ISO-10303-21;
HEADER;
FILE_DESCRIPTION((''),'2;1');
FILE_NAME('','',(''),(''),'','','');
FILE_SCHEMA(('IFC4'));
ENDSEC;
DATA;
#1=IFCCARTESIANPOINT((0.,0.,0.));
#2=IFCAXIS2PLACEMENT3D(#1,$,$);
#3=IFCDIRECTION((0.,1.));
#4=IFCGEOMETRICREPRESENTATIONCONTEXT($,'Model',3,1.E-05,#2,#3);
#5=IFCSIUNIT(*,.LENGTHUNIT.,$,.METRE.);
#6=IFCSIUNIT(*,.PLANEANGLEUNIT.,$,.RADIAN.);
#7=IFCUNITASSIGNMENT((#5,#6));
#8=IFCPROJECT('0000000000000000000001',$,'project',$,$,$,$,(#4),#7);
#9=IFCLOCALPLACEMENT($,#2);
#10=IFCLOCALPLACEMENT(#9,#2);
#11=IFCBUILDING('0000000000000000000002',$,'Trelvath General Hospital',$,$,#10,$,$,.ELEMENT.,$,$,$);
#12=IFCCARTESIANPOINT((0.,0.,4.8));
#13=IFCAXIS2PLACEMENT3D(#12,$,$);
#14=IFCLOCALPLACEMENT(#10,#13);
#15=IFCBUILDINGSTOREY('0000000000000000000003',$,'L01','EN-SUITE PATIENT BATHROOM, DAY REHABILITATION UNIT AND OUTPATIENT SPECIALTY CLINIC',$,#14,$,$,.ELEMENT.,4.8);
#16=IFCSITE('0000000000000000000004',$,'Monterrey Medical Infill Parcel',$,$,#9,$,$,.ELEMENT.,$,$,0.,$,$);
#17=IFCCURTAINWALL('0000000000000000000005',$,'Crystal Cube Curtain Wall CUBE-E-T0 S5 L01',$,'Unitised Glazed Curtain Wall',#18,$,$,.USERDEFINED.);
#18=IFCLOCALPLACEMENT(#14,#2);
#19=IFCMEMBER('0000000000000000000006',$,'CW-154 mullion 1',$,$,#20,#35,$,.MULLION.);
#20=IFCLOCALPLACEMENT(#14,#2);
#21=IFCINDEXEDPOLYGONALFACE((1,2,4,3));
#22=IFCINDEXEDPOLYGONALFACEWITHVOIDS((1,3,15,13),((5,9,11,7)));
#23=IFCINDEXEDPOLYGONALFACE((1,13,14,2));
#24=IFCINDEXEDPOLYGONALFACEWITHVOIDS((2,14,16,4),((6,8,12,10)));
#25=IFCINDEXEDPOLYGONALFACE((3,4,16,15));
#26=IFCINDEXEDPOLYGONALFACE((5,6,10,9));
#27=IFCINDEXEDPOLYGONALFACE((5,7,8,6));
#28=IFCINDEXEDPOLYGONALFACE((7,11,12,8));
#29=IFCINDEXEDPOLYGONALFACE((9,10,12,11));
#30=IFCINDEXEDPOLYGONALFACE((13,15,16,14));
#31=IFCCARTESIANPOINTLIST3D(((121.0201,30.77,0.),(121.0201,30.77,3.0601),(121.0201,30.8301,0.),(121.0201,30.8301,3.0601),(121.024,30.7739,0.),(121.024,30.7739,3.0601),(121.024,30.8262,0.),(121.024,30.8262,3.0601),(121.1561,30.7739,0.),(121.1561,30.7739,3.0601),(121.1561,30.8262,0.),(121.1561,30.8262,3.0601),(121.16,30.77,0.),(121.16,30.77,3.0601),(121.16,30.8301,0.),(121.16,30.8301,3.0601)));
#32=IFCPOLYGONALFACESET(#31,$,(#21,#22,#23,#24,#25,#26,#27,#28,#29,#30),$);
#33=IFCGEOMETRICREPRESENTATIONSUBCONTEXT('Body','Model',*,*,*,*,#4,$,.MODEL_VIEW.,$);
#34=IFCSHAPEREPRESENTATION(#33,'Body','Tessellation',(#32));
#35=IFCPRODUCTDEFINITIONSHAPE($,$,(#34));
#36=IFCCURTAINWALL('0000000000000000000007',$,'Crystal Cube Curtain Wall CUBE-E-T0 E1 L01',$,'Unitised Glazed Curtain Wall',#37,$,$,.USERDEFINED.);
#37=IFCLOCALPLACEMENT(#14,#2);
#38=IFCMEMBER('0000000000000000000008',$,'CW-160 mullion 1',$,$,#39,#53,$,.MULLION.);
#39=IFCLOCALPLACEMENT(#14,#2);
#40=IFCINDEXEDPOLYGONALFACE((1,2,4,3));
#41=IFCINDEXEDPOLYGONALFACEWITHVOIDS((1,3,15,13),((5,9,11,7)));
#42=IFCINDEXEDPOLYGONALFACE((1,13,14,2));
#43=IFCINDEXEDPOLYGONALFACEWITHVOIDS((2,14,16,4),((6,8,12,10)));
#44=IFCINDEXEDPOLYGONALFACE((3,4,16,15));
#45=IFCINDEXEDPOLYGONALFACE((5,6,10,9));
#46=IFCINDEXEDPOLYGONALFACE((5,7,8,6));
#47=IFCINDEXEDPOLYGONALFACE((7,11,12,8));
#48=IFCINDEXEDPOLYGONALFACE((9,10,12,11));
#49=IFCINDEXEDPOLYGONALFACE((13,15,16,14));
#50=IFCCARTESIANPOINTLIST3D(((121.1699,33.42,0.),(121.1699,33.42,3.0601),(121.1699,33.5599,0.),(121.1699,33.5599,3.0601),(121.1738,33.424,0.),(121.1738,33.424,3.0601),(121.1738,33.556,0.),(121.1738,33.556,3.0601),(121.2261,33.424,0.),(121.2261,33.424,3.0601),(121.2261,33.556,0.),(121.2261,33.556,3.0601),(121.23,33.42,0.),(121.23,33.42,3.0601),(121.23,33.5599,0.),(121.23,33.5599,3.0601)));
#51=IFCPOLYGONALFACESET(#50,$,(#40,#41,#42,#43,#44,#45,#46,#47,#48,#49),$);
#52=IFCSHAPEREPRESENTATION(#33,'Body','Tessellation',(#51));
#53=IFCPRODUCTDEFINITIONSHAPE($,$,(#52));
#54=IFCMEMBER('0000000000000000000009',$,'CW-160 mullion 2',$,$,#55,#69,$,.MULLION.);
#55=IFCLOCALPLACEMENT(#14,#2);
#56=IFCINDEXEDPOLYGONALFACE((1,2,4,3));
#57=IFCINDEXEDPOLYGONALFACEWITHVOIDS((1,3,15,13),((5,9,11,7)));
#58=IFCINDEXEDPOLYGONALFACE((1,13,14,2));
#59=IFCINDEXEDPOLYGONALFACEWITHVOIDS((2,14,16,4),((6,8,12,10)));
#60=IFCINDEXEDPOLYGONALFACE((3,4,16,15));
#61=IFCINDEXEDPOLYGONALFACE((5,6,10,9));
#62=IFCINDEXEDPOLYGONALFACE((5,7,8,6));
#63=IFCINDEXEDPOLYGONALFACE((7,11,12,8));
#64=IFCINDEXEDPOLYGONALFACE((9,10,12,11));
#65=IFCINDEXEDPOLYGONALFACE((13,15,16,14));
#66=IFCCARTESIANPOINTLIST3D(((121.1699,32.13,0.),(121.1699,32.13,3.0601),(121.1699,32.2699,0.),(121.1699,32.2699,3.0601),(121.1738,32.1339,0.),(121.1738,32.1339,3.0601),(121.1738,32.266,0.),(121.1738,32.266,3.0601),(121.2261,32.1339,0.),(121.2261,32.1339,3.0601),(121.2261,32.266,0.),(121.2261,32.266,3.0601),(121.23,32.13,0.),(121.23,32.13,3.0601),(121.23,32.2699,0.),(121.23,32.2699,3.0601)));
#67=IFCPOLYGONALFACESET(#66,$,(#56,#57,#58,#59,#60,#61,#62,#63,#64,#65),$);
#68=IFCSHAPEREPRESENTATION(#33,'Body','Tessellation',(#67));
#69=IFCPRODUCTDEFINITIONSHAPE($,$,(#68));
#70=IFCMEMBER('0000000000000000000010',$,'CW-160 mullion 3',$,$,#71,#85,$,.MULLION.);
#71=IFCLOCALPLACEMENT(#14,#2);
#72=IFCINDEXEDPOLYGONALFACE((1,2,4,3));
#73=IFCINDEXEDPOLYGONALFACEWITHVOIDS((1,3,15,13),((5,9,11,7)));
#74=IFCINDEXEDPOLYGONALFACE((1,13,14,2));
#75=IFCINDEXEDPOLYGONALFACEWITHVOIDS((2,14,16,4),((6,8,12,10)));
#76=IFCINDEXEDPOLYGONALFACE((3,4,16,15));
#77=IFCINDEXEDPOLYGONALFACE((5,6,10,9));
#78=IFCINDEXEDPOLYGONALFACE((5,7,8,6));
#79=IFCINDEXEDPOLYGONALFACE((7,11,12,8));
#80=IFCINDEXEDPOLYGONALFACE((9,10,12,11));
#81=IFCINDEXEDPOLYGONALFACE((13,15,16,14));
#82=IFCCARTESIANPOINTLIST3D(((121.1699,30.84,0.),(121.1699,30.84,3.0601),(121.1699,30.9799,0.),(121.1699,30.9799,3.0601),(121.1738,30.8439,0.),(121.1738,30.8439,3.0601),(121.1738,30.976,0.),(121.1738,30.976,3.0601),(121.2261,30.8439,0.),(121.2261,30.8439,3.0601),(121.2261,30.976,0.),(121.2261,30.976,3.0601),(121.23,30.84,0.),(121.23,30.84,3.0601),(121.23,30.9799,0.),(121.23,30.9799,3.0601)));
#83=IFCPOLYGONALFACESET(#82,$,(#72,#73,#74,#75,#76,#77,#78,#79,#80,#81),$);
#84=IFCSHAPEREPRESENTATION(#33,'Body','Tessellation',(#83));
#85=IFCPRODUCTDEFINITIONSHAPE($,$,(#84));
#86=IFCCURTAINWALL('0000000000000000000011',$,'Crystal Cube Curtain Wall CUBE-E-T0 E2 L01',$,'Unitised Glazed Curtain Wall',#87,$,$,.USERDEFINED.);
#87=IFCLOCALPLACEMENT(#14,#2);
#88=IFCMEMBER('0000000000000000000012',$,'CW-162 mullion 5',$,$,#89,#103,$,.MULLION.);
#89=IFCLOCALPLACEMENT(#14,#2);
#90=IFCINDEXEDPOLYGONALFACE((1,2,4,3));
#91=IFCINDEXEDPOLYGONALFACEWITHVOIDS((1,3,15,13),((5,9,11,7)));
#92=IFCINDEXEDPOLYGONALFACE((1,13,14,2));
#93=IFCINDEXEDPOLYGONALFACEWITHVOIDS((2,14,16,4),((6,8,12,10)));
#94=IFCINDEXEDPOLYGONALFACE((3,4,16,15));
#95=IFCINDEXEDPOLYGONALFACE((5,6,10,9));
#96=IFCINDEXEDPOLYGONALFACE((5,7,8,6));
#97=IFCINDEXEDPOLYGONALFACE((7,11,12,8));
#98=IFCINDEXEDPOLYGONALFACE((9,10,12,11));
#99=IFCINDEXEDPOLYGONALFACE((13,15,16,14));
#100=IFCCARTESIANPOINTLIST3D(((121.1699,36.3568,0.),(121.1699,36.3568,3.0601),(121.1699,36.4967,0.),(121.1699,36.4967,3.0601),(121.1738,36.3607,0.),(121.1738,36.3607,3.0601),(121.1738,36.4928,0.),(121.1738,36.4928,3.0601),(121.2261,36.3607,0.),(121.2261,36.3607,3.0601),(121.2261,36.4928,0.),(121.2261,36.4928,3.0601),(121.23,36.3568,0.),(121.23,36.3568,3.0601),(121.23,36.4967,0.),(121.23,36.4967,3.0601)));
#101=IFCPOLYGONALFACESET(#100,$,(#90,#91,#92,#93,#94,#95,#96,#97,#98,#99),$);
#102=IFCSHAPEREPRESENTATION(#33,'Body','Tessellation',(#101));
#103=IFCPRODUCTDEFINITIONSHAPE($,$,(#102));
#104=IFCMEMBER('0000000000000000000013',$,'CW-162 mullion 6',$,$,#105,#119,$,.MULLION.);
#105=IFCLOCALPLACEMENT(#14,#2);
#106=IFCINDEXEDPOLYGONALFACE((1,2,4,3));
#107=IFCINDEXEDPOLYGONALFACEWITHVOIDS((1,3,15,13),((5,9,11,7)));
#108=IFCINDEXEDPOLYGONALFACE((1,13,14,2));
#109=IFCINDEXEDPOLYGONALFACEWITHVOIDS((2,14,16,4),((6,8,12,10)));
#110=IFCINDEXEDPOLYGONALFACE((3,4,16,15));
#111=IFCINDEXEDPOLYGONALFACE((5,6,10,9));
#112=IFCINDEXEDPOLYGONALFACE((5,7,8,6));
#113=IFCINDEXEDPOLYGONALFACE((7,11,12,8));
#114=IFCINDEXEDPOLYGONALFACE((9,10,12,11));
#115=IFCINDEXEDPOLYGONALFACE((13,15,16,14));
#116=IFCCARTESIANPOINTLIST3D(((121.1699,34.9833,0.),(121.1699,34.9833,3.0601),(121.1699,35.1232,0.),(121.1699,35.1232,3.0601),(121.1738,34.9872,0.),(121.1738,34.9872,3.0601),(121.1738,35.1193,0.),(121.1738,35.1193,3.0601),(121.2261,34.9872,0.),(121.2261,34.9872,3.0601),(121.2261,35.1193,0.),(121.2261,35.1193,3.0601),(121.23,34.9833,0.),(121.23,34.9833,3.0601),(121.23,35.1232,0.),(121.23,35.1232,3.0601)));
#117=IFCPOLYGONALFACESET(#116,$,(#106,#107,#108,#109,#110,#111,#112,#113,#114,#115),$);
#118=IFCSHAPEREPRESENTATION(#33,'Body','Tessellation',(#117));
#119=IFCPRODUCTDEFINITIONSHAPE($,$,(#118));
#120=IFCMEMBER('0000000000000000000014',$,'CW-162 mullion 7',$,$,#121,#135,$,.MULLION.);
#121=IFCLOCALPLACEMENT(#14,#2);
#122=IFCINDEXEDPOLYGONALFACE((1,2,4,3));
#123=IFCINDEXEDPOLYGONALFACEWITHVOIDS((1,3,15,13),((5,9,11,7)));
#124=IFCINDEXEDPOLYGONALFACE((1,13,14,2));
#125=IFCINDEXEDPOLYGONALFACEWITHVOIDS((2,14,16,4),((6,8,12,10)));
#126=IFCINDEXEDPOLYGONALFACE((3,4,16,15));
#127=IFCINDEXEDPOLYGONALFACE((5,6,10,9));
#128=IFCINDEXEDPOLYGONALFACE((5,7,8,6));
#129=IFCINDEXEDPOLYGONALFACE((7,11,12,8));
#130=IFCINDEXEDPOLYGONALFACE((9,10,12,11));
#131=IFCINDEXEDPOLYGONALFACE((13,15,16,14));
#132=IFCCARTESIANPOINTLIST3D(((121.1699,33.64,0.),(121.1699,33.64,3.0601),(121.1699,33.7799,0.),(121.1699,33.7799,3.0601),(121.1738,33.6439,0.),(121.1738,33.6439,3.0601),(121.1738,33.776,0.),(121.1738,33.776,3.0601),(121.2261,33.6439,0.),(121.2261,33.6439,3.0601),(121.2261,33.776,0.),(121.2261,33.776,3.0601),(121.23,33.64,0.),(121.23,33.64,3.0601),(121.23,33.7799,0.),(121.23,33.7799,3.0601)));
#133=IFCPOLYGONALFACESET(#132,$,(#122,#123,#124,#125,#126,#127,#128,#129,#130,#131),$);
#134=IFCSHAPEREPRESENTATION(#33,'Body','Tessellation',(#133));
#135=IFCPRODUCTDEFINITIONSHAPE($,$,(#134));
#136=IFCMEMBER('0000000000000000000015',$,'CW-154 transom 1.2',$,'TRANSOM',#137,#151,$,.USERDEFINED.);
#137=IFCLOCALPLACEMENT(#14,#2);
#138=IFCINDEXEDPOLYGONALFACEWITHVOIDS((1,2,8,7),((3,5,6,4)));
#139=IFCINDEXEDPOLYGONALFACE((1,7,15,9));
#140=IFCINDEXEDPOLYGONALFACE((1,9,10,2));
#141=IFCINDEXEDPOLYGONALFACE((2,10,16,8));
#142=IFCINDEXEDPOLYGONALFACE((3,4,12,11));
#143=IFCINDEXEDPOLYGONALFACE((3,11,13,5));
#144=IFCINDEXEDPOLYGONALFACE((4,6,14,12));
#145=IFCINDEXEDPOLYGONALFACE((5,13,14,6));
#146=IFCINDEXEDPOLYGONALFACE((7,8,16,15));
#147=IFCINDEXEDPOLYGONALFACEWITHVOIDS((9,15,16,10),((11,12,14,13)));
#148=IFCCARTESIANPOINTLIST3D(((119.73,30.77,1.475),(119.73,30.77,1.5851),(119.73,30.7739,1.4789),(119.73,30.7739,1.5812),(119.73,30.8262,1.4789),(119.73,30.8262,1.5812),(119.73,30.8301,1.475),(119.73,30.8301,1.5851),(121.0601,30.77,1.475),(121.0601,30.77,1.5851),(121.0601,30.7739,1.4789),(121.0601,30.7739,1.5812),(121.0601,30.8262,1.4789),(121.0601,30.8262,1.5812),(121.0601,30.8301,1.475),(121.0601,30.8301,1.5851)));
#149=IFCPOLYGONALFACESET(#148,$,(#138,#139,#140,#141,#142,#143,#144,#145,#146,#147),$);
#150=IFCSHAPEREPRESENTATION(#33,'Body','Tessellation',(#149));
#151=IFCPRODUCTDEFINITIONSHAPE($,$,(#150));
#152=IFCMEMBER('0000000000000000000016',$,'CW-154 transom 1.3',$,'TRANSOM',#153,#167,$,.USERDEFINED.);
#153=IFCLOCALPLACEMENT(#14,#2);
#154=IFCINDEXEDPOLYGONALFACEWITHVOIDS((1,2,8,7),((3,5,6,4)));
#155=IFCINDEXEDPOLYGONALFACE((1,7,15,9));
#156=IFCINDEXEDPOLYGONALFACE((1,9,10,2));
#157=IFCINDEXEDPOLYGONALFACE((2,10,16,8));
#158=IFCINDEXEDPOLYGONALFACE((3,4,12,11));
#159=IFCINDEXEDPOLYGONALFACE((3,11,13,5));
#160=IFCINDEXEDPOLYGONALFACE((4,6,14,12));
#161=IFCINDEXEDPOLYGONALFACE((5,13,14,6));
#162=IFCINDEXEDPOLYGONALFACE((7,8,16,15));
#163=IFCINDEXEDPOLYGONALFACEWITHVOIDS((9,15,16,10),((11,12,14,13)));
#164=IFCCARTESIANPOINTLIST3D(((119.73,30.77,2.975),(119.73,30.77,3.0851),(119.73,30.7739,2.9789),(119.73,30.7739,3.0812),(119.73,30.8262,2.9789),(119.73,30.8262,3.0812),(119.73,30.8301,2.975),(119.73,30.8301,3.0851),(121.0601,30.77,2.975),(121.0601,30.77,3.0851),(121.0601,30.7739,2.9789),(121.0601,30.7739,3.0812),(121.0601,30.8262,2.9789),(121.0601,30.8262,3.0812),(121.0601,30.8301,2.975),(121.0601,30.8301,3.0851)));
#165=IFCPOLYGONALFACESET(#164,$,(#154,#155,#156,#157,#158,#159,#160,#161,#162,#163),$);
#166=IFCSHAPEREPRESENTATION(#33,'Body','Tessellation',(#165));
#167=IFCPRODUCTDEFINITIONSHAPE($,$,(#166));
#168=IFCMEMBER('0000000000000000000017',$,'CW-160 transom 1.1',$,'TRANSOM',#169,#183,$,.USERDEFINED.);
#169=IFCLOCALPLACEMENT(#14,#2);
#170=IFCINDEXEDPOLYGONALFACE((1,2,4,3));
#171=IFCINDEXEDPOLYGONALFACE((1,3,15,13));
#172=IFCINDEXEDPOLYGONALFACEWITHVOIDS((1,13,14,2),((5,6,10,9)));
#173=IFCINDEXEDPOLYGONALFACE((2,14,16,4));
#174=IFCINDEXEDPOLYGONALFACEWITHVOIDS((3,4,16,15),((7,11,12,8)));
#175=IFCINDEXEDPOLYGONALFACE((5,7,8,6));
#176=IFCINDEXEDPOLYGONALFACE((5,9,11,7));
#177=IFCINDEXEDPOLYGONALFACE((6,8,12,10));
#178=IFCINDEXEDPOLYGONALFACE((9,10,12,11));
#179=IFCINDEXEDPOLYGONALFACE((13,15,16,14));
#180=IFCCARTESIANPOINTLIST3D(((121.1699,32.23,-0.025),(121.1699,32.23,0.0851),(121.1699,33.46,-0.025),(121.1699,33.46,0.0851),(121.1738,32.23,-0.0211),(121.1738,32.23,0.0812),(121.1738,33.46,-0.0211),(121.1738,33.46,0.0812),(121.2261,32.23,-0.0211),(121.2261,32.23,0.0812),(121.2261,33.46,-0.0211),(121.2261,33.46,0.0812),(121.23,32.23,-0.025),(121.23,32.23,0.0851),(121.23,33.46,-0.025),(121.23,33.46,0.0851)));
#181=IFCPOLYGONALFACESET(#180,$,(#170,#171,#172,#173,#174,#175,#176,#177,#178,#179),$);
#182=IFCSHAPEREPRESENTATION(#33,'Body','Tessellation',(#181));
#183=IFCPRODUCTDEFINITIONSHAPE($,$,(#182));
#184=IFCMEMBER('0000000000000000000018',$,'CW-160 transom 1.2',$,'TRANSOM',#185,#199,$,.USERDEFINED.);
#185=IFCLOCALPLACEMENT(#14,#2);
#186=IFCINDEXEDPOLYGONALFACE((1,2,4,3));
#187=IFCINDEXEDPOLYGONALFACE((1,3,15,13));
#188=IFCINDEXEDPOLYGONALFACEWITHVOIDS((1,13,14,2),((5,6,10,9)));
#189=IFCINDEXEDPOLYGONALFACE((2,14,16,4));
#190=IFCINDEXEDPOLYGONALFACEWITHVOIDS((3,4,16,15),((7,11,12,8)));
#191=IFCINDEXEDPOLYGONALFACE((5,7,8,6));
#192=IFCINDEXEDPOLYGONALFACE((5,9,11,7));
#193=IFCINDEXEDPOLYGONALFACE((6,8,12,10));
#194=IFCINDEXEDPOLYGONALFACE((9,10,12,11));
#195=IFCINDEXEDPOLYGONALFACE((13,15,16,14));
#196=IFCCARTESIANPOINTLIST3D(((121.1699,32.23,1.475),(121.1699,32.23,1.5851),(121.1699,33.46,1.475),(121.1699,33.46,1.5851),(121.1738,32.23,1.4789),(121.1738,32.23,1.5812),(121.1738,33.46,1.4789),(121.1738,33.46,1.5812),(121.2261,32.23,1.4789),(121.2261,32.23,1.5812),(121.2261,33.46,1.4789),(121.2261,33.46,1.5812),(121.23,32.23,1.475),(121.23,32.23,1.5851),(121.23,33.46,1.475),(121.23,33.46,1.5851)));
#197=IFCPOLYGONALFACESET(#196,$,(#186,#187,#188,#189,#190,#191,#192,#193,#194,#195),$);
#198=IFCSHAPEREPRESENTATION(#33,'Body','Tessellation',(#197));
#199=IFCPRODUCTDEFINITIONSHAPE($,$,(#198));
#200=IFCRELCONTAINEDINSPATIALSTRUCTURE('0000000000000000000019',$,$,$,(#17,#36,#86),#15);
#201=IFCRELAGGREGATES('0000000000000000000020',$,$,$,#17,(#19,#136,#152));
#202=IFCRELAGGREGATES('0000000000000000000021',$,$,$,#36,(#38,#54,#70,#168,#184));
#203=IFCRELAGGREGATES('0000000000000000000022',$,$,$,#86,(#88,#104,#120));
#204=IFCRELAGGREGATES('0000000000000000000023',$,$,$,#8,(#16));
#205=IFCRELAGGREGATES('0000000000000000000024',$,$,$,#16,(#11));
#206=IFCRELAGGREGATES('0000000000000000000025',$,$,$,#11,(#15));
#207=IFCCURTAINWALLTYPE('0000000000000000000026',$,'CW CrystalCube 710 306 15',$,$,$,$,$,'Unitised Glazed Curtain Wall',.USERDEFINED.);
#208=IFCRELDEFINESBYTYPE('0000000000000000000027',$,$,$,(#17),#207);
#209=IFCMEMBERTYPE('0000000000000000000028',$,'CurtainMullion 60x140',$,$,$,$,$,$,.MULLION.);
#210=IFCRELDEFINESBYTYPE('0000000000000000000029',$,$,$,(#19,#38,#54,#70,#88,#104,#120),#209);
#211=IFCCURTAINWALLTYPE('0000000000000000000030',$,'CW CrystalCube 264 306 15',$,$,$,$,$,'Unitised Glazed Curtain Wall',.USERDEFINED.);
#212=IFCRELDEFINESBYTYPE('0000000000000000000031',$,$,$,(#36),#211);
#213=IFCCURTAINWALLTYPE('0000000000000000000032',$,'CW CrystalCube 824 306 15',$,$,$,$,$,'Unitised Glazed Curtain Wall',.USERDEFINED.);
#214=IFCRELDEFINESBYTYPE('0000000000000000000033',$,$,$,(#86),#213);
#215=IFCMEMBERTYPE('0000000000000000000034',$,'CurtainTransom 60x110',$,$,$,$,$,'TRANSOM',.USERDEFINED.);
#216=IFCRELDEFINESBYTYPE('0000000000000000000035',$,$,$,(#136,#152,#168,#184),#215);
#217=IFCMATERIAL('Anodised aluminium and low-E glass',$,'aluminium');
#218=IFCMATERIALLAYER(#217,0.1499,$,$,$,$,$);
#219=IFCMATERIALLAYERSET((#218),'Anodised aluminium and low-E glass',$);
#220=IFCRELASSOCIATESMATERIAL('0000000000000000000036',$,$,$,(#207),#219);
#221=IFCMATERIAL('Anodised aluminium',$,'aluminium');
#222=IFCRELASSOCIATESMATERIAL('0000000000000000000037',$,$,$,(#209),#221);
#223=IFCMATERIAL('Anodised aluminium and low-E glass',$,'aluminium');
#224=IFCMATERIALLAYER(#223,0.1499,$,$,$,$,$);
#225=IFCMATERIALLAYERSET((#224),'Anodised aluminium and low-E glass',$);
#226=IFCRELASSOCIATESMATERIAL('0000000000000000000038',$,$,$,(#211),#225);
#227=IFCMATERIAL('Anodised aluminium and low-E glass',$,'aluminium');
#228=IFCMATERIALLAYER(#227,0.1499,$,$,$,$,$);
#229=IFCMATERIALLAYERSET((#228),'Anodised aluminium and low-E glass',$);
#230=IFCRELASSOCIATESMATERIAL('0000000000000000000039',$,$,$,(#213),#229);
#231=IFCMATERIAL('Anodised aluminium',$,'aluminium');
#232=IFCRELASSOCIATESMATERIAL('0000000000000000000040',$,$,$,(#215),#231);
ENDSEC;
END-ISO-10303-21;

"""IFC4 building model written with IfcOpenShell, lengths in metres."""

from ifc_helpers import new_model, si_unit, direction, frame, origin, origin_2d, place, context, subcontext, project, spatial, hollow_rectangle, extrude, material, layer, layer_set, material_profile, profile_set, type_object, element, aggregate, save


model = new_model("IFC4")

# Units and contexts
model_context = context("Model", 3, precision=1e-05, world=origin(), true_north=direction((0.0, 1.0)))
body_context = subcontext(model_context, "Body", "Model", "MODEL_VIEW")
ifc_project = project(units=[si_unit("LENGTHUNIT", "METRE"), si_unit("PLANEANGLEUNIT", "RADIAN")], contexts=[model_context])

# Site, building, storey
site_placement = place(None, origin())
site = spatial("IfcSite", under=ifc_project, at=site_placement, Name="Monterrey Medical Infill Parcel", CompositionType="ELEMENT", RefElevation=0.0)
building_placement = place(site_placement, origin())
building = spatial("IfcBuilding", under=site, at=building_placement, Name="Trelvath General Hospital", CompositionType="ELEMENT")
storey_placement = place(building_placement, frame((0.0, 0.0, 4.8)))
storey = spatial("IfcBuildingStorey", under=building, at=storey_placement, Name="L01", Description="EN-SUITE PATIENT BATHROOM, DAY REHABILITATION UNIT AND OUTPATIENT SPECIALTY CLINIC", CompositionType="ELEMENT", Elevation=4.8)

# Curtain wall, member
ifc_material_1 = material(Name="Anodised aluminium and low-E glass", Category="aluminium")
ifc_layer_1 = layer(ifc_material_1, 0.1499)
ifc_layer_set_1 = layer_set([ifc_layer_1], Name="Anodised aluminium and low-E glass")
curtain_wall_type_1 = type_object("IfcCurtainWallType", Name="CW CrystalCube 710 306 15", ElementType="Unitised Glazed Curtain Wall", PredefinedType="USERDEFINED", material=ifc_layer_set_1)
curtain_wall_1_placement = place(storey_placement, origin())
curtain_wall_1 = element("IfcCurtainWall", 1, at=curtain_wall_1_placement, inside=storey, type_object=curtain_wall_type_1, Name="Crystal Cube Curtain Wall CUBE-E-T0 S5 L01", ObjectType="Unitised Glazed Curtain Wall", PredefinedType="USERDEFINED")
ifc_material_2 = material(Name="Anodised aluminium", Category="aluminium")
ifc_material_profile_1 = material_profile(ifc_material_2, hollow_rectangle(XDim=0.0601, YDim=0.1399, WallThickness=0.0039, at=origin_2d()), Name="RHS60x140x4")
ifc_profile_set_1 = profile_set([ifc_material_profile_1], Name="Anodised aluminium")
member_type_1 = type_object("IfcMemberType", Name="CurtainMullion 60x140", PredefinedType="MULLION", material=ifc_profile_set_1)
member_1_placement = place(storey_placement, frame((121.0901, 30.8, 0.0), z_axis=(0.0, 0.0, 1.0), x_axis=(0.0, -1.0, 0.0)))
member_1 = element("IfcMember", 2, at=member_1_placement, type_object=member_type_1, Name="CW-154 mullion 1", PredefinedType="MULLION", context=body_context, shape_type="SweptSolid", body=[
    extrude(hollow_rectangle(XDim=0.0601, YDim=0.1399, WallThickness=0.0039, at=origin_2d()), origin(), (0.0, 0.0, 1.0), 3.0601),
])

# Curtain walls, members
ifc_material_3 = material(Name="Anodised aluminium and low-E glass", Category="aluminium")
ifc_layer_2 = layer(ifc_material_3, 0.1499)
ifc_layer_set_2 = layer_set([ifc_layer_2], Name="Anodised aluminium and low-E glass")
curtain_wall_type_2 = type_object("IfcCurtainWallType", Name="CW CrystalCube 264 306 15", ElementType="Unitised Glazed Curtain Wall", PredefinedType="USERDEFINED", material=ifc_layer_set_2)
curtain_wall_2_placement = place(storey_placement, origin())
curtain_wall_2 = element("IfcCurtainWall", 3, at=curtain_wall_2_placement, inside=storey, type_object=curtain_wall_type_2, Name="Crystal Cube Curtain Wall CUBE-E-T0 E1 L01", ObjectType="Unitised Glazed Curtain Wall", PredefinedType="USERDEFINED")
member_2_placement = place(storey_placement, frame((121.2, 33.49, 0.0), z_axis=(0.0, 0.0, 1.0), x_axis=(1.0, 0.0, 0.0)))
member_2 = element("IfcMember", 4, at=member_2_placement, type_object=member_type_1, Name="CW-160 mullion 1", PredefinedType="MULLION", context=body_context, shape_type="SweptSolid", body=[
    extrude(hollow_rectangle(XDim=0.0601, YDim=0.1399, WallThickness=0.0039, at=origin_2d()), origin(), (0.0, 0.0, 1.0), 3.0601),
])
member_3_placement = place(storey_placement, frame((121.2, 32.2, 0.0), z_axis=(0.0, 0.0, 1.0), x_axis=(1.0, 0.0, 0.0)))
member_3 = element("IfcMember", 5, at=member_3_placement, type_object=member_type_1, Name="CW-160 mullion 2", PredefinedType="MULLION", context=body_context, shape_type="SweptSolid", body=[
    extrude(hollow_rectangle(XDim=0.0601, YDim=0.1399, WallThickness=0.0039, at=origin_2d()), origin(), (0.0, 0.0, 1.0), 3.0601),
])
member_4_placement = place(storey_placement, frame((121.2, 30.9099, 0.0), z_axis=(0.0, 0.0, 1.0), x_axis=(1.0, 0.0, 0.0)))
member_4 = element("IfcMember", 6, at=member_4_placement, type_object=member_type_1, Name="CW-160 mullion 3", PredefinedType="MULLION", context=body_context, shape_type="SweptSolid", body=[
    extrude(hollow_rectangle(XDim=0.0601, YDim=0.1399, WallThickness=0.0039, at=origin_2d()), origin(), (0.0, 0.0, 1.0), 3.0601),
])
ifc_material_4 = material(Name="Anodised aluminium and low-E glass", Category="aluminium")
ifc_layer_3 = layer(ifc_material_4, 0.1499)
ifc_layer_set_3 = layer_set([ifc_layer_3], Name="Anodised aluminium and low-E glass")
curtain_wall_type_3 = type_object("IfcCurtainWallType", Name="CW CrystalCube 824 306 15", ElementType="Unitised Glazed Curtain Wall", PredefinedType="USERDEFINED", material=ifc_layer_set_3)
curtain_wall_3_placement = place(storey_placement, origin())
curtain_wall_3 = element("IfcCurtainWall", 7, at=curtain_wall_3_placement, inside=storey, type_object=curtain_wall_type_3, Name="Crystal Cube Curtain Wall CUBE-E-T0 E2 L01", ObjectType="Unitised Glazed Curtain Wall", PredefinedType="USERDEFINED")
member_5_placement = place(storey_placement, frame((121.2, 36.4268, 0.0), z_axis=(0.0, 0.0, 1.0), x_axis=(1.0, 0.0, 0.0)))
member_5 = element("IfcMember", 8, at=member_5_placement, type_object=member_type_1, Name="CW-162 mullion 5", PredefinedType="MULLION", context=body_context, shape_type="SweptSolid", body=[
    extrude(hollow_rectangle(XDim=0.0601, YDim=0.1399, WallThickness=0.0039, at=origin_2d()), origin(), (0.0, 0.0, 1.0), 3.0601),
])
member_6_placement = place(storey_placement, frame((121.2, 35.0532, 0.0), z_axis=(0.0, 0.0, 1.0), x_axis=(1.0, 0.0, 0.0)))
member_6 = element("IfcMember", 9, at=member_6_placement, type_object=member_type_1, Name="CW-162 mullion 6", PredefinedType="MULLION", context=body_context, shape_type="SweptSolid", body=[
    extrude(hollow_rectangle(XDim=0.0601, YDim=0.1399, WallThickness=0.0039, at=origin_2d()), origin(), (0.0, 0.0, 1.0), 3.0601),
])
member_7_placement = place(storey_placement, frame((121.2, 33.71, 0.0), z_axis=(0.0, 0.0, 1.0), x_axis=(1.0, 0.0, 0.0)))
member_7 = element("IfcMember", 10, at=member_7_placement, type_object=member_type_1, Name="CW-162 mullion 7", PredefinedType="MULLION", context=body_context, shape_type="SweptSolid", body=[
    extrude(hollow_rectangle(XDim=0.0601, YDim=0.1399, WallThickness=0.0039, at=origin_2d()), origin(), (0.0, 0.0, 1.0), 3.0601),
])

# Members
ifc_material_5 = material(Name="Anodised aluminium", Category="aluminium")
ifc_material_profile_2 = material_profile(ifc_material_5, hollow_rectangle(XDim=0.0601, YDim=0.1101, WallThickness=0.0039, at=origin_2d()), Name="RHS60x110x4")
ifc_profile_set_2 = profile_set([ifc_material_profile_2], Name="Anodised aluminium")
member_type_2 = type_object("IfcMemberType", Name="CurtainTransom 60x110", ElementType="TRANSOM", PredefinedType="USERDEFINED", material=ifc_profile_set_2)
member_8_placement = place(storey_placement, frame((121.0601, 30.8, 1.53), z_axis=(-1.0, 0.0, 0.0), x_axis=(0.0, -1.0, 0.0)))
member_8 = element("IfcMember", 11, at=member_8_placement, type_object=member_type_2, Name="CW-154 transom 1.2", ObjectType="TRANSOM", PredefinedType="USERDEFINED", context=body_context, shape_type="SweptSolid", body=[
    extrude(hollow_rectangle(XDim=0.0601, YDim=0.1101, WallThickness=0.0039, at=origin_2d()), origin(), (0.0, 0.0, 1.0), 1.3301),
])
member_9_placement = place(storey_placement, frame((121.0601, 30.8, 3.03), z_axis=(-1.0, 0.0, 0.0), x_axis=(0.0, -1.0, 0.0)))
member_9 = element("IfcMember", 12, at=member_9_placement, type_object=member_type_2, Name="CW-154 transom 1.3", ObjectType="TRANSOM", PredefinedType="USERDEFINED", context=body_context, shape_type="SweptSolid", body=[
    extrude(hollow_rectangle(XDim=0.0601, YDim=0.1101, WallThickness=0.0039, at=origin_2d()), origin(), (0.0, 0.0, 1.0), 1.3301),
])
aggregate(curtain_wall_1, [member_1, member_8, member_9])
member_10_placement = place(storey_placement, frame((121.2, 33.46, 0.03), z_axis=(0.0, -1.0, 0.0), x_axis=(1.0, 0.0, 0.0)))
member_10 = element("IfcMember", 13, at=member_10_placement, type_object=member_type_2, Name="CW-160 transom 1.1", ObjectType="TRANSOM", PredefinedType="USERDEFINED", context=body_context, shape_type="SweptSolid", body=[
    extrude(hollow_rectangle(XDim=0.0601, YDim=0.1101, WallThickness=0.0039, at=origin_2d()), origin(), (0.0, 0.0, 1.0), 1.23),
])
member_11_placement = place(storey_placement, frame((121.2, 33.46, 1.53), z_axis=(0.0, -1.0, 0.0), x_axis=(1.0, 0.0, 0.0)))
member_11 = element("IfcMember", 14, at=member_11_placement, type_object=member_type_2, Name="CW-160 transom 1.2", ObjectType="TRANSOM", PredefinedType="USERDEFINED", context=body_context, shape_type="SweptSolid", body=[
    extrude(hollow_rectangle(XDim=0.0601, YDim=0.1101, WallThickness=0.0039, at=origin_2d()), origin(), (0.0, 0.0, 1.0), 1.23),
])

aggregate(curtain_wall_2, [member_2, member_3, member_4, member_10, member_11])
aggregate(curtain_wall_3, [member_5, member_6, member_7])

save(model, "model.ifc")
